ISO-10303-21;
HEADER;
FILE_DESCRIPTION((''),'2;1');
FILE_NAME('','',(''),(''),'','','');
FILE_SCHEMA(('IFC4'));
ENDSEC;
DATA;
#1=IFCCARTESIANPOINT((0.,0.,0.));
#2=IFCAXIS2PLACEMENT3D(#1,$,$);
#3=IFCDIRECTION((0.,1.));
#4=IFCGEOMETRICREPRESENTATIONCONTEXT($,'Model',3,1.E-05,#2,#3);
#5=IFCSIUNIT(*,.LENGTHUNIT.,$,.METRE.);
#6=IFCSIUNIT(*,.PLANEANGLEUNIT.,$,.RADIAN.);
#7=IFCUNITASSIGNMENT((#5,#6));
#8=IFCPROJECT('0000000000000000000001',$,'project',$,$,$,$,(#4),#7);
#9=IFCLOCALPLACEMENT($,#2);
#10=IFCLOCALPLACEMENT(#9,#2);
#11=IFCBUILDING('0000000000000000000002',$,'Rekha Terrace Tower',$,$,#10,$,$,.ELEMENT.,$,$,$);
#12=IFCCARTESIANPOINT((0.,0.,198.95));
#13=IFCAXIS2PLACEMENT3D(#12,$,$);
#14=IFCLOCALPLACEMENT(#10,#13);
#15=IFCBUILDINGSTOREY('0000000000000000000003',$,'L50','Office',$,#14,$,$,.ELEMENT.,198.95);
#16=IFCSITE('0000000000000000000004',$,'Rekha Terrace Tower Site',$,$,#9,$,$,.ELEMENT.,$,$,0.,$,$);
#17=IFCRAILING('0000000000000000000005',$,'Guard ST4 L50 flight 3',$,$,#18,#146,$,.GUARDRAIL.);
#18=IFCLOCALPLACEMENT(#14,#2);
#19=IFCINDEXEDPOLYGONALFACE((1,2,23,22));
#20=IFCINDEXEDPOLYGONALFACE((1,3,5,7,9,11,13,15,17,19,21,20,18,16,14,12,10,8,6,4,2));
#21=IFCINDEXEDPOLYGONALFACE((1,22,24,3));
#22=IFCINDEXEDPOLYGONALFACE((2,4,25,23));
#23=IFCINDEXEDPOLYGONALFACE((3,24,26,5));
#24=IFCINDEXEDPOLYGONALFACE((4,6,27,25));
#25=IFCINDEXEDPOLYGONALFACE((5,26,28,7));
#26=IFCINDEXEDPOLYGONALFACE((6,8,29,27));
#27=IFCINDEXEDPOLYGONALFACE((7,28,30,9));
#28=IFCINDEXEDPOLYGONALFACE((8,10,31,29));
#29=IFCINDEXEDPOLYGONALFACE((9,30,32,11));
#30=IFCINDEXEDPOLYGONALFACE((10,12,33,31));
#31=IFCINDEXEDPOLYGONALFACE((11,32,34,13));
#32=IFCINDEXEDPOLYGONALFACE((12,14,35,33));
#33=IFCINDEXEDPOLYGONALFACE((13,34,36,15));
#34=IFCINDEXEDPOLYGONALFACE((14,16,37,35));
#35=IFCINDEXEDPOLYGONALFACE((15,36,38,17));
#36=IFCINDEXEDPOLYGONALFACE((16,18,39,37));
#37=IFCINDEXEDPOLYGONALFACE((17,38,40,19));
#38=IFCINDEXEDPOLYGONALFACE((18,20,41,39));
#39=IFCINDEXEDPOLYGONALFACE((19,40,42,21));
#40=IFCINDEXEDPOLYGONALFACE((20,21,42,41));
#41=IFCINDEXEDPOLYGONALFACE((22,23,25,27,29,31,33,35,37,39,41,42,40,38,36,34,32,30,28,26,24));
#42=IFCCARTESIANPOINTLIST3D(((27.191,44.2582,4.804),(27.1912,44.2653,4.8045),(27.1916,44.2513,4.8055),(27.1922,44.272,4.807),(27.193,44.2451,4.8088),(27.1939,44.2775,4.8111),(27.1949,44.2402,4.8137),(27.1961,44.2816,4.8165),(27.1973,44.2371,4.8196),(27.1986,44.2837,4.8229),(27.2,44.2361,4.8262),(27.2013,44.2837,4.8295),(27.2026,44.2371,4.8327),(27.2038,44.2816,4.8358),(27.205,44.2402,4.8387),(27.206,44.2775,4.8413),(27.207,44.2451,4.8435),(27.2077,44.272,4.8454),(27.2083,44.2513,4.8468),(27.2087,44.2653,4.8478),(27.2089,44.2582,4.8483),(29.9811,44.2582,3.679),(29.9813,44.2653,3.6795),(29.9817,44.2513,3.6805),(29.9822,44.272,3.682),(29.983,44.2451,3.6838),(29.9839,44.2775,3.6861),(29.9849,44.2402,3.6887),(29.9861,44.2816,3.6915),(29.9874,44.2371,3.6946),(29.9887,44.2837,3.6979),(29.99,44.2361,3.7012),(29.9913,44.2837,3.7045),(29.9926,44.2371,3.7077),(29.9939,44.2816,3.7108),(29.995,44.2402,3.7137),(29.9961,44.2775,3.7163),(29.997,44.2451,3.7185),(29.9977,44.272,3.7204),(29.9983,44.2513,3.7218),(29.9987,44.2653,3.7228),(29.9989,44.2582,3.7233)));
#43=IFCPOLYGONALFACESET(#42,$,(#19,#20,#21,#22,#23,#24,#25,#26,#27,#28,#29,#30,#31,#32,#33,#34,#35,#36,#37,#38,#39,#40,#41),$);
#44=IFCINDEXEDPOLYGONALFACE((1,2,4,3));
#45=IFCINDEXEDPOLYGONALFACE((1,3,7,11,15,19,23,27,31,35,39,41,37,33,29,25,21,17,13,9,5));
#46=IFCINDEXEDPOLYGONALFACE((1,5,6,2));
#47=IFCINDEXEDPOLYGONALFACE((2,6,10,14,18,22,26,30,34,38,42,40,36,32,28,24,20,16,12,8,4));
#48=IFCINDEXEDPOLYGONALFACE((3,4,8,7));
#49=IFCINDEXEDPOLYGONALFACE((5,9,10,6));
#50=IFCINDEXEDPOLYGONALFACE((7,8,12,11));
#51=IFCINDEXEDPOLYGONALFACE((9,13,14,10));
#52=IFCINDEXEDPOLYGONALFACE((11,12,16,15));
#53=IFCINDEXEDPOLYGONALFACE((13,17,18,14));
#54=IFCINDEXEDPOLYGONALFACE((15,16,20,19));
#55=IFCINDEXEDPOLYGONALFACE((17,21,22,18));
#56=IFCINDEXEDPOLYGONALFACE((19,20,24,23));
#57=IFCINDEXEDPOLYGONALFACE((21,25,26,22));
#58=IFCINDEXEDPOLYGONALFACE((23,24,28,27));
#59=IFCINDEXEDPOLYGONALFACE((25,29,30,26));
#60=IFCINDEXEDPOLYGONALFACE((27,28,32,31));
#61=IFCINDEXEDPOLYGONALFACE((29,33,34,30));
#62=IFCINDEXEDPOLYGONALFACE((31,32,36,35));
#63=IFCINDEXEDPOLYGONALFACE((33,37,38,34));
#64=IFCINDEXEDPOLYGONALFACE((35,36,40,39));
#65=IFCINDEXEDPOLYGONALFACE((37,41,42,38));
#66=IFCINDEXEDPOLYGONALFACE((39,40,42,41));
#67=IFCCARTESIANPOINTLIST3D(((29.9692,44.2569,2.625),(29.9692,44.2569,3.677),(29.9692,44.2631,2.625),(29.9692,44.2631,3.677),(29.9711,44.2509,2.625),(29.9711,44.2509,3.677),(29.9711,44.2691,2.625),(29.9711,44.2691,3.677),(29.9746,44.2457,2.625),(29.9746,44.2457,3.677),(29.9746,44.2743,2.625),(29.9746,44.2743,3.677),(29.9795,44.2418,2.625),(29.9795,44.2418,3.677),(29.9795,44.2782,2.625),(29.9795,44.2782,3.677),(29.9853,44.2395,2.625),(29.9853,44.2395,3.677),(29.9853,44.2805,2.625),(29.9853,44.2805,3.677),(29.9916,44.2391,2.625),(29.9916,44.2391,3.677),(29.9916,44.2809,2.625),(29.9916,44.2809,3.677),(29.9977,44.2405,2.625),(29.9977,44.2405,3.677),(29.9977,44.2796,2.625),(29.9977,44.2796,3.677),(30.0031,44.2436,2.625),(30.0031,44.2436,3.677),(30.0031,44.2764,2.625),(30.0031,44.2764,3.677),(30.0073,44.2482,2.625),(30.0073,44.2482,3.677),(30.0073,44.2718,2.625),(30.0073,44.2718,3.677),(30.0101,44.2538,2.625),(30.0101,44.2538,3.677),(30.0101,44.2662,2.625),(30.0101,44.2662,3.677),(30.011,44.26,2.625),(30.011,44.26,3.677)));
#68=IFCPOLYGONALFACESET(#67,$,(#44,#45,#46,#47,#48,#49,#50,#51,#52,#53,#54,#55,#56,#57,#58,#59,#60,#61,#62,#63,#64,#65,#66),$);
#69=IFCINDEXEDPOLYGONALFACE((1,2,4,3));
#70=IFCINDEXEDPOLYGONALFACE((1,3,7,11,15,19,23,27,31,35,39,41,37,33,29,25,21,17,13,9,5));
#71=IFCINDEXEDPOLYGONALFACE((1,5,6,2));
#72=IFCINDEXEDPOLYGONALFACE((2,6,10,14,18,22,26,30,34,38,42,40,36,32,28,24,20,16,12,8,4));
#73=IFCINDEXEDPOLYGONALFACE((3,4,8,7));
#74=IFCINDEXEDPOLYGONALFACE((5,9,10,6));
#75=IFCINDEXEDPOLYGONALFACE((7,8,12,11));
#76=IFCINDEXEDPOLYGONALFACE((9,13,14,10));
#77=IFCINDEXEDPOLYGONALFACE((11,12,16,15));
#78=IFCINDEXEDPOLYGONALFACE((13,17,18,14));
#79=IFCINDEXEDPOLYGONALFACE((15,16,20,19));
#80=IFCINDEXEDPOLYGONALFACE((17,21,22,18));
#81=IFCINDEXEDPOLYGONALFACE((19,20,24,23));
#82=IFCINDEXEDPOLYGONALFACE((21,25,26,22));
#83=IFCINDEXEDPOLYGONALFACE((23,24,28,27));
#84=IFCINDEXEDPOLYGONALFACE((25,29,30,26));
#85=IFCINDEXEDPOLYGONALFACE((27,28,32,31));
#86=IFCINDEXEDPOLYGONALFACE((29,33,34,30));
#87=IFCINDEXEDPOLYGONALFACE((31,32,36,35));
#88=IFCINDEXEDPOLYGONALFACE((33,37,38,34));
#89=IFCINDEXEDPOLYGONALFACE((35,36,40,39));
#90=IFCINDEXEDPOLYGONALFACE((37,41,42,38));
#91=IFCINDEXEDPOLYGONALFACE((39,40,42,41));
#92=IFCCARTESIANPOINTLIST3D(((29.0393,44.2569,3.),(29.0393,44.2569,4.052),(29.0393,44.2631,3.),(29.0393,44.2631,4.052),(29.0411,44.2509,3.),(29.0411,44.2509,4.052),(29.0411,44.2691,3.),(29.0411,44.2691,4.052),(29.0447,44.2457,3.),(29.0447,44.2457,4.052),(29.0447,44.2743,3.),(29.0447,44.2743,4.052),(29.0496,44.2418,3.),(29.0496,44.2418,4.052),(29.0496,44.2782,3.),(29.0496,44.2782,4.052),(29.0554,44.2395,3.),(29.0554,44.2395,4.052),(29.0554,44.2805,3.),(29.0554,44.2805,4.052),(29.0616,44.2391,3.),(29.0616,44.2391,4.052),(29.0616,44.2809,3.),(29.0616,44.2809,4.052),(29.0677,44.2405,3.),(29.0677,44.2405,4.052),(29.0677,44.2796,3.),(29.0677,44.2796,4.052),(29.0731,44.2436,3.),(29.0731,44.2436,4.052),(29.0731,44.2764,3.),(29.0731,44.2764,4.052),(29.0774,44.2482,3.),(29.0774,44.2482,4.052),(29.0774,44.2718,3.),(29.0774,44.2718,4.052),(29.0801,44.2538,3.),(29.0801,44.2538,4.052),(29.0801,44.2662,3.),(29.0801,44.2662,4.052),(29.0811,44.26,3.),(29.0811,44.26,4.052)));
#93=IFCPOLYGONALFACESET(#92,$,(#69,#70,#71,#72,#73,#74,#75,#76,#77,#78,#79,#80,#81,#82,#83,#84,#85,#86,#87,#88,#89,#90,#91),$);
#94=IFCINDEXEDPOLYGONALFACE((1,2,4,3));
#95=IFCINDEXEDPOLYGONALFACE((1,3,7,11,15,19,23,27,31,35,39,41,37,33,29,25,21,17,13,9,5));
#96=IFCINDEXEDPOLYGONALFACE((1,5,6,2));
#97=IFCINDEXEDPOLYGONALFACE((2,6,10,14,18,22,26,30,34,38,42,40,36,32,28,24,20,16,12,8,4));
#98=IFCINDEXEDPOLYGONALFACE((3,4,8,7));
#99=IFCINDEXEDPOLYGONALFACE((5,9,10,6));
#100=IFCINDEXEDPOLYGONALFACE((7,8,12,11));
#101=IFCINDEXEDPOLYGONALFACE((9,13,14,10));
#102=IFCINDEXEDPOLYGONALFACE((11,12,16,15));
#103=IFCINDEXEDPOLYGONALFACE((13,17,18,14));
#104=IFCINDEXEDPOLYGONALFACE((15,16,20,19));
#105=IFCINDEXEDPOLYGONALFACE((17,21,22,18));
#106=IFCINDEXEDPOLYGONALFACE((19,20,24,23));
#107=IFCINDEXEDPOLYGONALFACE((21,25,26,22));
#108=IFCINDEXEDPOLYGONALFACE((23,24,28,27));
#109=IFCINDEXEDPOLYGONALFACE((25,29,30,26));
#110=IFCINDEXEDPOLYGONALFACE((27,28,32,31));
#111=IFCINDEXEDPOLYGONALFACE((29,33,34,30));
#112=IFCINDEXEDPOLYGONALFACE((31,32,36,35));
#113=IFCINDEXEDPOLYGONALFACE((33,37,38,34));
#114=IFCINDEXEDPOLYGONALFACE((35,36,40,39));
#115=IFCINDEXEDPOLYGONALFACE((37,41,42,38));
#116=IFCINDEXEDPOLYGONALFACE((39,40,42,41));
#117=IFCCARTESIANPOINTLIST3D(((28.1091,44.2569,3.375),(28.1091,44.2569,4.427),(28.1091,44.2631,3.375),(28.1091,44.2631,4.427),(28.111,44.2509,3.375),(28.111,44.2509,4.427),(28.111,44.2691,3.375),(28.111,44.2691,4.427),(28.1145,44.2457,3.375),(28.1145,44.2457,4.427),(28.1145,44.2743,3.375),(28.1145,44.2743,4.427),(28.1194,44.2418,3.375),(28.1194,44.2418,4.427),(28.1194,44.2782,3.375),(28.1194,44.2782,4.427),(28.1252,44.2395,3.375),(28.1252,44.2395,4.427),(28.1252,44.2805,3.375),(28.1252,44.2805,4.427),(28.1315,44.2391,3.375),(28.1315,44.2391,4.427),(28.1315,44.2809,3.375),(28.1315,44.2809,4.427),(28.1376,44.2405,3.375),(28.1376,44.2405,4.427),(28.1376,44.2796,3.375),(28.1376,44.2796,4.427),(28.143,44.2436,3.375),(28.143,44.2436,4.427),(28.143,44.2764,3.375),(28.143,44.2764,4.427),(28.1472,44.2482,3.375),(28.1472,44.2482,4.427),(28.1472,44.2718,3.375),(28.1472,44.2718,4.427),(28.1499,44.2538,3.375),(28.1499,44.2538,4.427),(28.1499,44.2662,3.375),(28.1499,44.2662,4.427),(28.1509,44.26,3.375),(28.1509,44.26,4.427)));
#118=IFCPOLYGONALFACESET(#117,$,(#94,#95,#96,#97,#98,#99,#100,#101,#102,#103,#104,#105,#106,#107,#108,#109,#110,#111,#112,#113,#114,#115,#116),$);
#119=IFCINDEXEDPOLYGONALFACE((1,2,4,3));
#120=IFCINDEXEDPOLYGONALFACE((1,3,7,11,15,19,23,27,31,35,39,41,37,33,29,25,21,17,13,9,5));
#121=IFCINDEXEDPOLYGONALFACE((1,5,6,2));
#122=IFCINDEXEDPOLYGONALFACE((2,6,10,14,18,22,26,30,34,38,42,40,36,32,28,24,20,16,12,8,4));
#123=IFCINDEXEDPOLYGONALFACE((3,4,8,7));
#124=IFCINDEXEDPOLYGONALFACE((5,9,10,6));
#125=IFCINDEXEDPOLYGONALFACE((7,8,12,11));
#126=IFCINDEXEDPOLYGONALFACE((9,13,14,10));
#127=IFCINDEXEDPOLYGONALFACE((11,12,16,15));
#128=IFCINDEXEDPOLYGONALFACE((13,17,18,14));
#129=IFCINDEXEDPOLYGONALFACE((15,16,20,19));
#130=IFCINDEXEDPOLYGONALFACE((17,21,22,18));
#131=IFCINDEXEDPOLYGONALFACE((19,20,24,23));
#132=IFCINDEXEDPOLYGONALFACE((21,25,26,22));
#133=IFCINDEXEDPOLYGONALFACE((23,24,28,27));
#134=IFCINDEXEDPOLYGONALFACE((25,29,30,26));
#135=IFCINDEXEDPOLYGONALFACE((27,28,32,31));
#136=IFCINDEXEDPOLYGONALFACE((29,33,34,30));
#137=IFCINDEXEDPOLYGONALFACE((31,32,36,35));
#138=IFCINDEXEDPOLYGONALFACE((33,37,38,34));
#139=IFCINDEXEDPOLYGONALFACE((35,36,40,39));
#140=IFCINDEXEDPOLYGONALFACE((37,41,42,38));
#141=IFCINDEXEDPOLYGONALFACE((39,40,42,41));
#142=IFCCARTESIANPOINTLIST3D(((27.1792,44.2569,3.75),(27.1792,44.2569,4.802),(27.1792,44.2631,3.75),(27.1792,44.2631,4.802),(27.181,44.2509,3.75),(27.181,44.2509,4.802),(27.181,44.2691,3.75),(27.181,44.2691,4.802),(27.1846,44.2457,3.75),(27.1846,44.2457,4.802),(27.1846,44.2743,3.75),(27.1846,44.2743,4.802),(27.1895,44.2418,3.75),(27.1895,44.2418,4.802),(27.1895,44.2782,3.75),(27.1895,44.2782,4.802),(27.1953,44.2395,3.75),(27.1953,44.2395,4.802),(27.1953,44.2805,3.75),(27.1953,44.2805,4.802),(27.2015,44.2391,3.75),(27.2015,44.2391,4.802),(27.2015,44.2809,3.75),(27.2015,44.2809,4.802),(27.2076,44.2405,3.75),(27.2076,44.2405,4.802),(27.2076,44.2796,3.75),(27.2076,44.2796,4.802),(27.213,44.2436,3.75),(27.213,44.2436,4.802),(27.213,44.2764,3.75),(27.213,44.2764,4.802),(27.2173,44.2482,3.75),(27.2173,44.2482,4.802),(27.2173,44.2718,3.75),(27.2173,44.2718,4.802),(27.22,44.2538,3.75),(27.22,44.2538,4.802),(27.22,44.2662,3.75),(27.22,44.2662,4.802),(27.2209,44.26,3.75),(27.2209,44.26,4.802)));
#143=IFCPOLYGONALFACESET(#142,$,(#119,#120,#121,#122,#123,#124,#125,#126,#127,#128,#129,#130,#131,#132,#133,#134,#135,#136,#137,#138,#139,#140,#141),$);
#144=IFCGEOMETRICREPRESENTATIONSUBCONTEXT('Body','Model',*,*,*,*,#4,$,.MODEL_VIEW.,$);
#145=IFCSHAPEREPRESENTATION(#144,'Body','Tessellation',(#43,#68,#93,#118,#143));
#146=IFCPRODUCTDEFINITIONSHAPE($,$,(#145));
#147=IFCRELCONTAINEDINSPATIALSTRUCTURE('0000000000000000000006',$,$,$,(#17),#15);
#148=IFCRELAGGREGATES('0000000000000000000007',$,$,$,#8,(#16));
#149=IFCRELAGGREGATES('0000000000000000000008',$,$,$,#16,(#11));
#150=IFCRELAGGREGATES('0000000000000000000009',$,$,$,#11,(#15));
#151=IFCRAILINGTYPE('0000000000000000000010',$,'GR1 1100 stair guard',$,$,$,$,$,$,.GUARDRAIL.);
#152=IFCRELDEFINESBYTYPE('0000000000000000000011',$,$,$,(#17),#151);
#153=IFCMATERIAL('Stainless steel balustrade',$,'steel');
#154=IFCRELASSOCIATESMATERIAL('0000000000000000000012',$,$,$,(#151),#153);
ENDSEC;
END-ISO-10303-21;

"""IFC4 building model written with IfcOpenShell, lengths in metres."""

from ifc_helpers import new_model, si_unit, direction, frame, origin, origin_2d, place, context, subcontext, project, spatial, circle, extrude, material, type_object, element, save


model = new_model("IFC4")

# Units and contexts
model_context = context("Model", 3, precision=1e-05, world=origin(), true_north=direction((0.0, 1.0)))
body_context = subcontext(model_context, "Body", "Model", "MODEL_VIEW")
ifc_project = project(units=[si_unit("LENGTHUNIT", "METRE"), si_unit("PLANEANGLEUNIT", "RADIAN")], contexts=[model_context])

# Site, building, storey
site_placement = place(None, origin())
site = spatial("IfcSite", under=ifc_project, at=site_placement, Name="Rekha Terrace Tower Site", CompositionType="ELEMENT", RefElevation=0.0)
building_placement = place(site_placement, origin())
building = spatial("IfcBuilding", under=site, at=building_placement, Name="Rekha Terrace Tower", CompositionType="ELEMENT")
storey_placement = place(building_placement, frame((0.0, 0.0, 198.95)))
storey = spatial("IfcBuildingStorey", under=building, at=storey_placement, Name="L50", Description="Office", CompositionType="ELEMENT", Elevation=198.95)

# Railing
ifc_material_1 = material(Name="Stainless steel balustrade", Category="steel")
railing_type_1 = type_object("IfcRailingType", Name="GR1 1100 stair guard", PredefinedType="GUARDRAIL", material=ifc_material_1)
railing_1_placement = place(storey_placement, frame((29.99, 44.26, 2.625)))
element("IfcRailing", 1, at=railing_1_placement, inside=storey, type_object=railing_type_1, Name="Guard ST4 L50 flight 3", PredefinedType="GUARDRAIL", context=body_context, shape_type="SweptSolid", body=[
    extrude(circle(Radius=0.0239, at=origin_2d()), frame((0.0, 0.0, 1.0762), z_axis=(-0.927443, 0.0, 0.373964), x_axis=(0.0, -1.0, 0.0)), (0.0, 0.0, 1.0), 3.0083),
    extrude(circle(Radius=0.021, at=origin_2d()), origin(), (0.0, 0.0, 1.0), 1.052),
    extrude(circle(Radius=0.021, at=origin_2d()), frame((-0.9299, 0.0, 0.375)), (0.0, 0.0, 1.0), 1.052),
    extrude(circle(Radius=0.021, at=origin_2d()), frame((-1.8601, 0.0, 0.75)), (0.0, 0.0, 1.0), 1.052),
    extrude(circle(Radius=0.021, at=origin_2d()), frame((-2.79, 0.0, 1.125)), (0.0, 0.0, 1.0), 1.052),
])

save(model, "model.ifc")
